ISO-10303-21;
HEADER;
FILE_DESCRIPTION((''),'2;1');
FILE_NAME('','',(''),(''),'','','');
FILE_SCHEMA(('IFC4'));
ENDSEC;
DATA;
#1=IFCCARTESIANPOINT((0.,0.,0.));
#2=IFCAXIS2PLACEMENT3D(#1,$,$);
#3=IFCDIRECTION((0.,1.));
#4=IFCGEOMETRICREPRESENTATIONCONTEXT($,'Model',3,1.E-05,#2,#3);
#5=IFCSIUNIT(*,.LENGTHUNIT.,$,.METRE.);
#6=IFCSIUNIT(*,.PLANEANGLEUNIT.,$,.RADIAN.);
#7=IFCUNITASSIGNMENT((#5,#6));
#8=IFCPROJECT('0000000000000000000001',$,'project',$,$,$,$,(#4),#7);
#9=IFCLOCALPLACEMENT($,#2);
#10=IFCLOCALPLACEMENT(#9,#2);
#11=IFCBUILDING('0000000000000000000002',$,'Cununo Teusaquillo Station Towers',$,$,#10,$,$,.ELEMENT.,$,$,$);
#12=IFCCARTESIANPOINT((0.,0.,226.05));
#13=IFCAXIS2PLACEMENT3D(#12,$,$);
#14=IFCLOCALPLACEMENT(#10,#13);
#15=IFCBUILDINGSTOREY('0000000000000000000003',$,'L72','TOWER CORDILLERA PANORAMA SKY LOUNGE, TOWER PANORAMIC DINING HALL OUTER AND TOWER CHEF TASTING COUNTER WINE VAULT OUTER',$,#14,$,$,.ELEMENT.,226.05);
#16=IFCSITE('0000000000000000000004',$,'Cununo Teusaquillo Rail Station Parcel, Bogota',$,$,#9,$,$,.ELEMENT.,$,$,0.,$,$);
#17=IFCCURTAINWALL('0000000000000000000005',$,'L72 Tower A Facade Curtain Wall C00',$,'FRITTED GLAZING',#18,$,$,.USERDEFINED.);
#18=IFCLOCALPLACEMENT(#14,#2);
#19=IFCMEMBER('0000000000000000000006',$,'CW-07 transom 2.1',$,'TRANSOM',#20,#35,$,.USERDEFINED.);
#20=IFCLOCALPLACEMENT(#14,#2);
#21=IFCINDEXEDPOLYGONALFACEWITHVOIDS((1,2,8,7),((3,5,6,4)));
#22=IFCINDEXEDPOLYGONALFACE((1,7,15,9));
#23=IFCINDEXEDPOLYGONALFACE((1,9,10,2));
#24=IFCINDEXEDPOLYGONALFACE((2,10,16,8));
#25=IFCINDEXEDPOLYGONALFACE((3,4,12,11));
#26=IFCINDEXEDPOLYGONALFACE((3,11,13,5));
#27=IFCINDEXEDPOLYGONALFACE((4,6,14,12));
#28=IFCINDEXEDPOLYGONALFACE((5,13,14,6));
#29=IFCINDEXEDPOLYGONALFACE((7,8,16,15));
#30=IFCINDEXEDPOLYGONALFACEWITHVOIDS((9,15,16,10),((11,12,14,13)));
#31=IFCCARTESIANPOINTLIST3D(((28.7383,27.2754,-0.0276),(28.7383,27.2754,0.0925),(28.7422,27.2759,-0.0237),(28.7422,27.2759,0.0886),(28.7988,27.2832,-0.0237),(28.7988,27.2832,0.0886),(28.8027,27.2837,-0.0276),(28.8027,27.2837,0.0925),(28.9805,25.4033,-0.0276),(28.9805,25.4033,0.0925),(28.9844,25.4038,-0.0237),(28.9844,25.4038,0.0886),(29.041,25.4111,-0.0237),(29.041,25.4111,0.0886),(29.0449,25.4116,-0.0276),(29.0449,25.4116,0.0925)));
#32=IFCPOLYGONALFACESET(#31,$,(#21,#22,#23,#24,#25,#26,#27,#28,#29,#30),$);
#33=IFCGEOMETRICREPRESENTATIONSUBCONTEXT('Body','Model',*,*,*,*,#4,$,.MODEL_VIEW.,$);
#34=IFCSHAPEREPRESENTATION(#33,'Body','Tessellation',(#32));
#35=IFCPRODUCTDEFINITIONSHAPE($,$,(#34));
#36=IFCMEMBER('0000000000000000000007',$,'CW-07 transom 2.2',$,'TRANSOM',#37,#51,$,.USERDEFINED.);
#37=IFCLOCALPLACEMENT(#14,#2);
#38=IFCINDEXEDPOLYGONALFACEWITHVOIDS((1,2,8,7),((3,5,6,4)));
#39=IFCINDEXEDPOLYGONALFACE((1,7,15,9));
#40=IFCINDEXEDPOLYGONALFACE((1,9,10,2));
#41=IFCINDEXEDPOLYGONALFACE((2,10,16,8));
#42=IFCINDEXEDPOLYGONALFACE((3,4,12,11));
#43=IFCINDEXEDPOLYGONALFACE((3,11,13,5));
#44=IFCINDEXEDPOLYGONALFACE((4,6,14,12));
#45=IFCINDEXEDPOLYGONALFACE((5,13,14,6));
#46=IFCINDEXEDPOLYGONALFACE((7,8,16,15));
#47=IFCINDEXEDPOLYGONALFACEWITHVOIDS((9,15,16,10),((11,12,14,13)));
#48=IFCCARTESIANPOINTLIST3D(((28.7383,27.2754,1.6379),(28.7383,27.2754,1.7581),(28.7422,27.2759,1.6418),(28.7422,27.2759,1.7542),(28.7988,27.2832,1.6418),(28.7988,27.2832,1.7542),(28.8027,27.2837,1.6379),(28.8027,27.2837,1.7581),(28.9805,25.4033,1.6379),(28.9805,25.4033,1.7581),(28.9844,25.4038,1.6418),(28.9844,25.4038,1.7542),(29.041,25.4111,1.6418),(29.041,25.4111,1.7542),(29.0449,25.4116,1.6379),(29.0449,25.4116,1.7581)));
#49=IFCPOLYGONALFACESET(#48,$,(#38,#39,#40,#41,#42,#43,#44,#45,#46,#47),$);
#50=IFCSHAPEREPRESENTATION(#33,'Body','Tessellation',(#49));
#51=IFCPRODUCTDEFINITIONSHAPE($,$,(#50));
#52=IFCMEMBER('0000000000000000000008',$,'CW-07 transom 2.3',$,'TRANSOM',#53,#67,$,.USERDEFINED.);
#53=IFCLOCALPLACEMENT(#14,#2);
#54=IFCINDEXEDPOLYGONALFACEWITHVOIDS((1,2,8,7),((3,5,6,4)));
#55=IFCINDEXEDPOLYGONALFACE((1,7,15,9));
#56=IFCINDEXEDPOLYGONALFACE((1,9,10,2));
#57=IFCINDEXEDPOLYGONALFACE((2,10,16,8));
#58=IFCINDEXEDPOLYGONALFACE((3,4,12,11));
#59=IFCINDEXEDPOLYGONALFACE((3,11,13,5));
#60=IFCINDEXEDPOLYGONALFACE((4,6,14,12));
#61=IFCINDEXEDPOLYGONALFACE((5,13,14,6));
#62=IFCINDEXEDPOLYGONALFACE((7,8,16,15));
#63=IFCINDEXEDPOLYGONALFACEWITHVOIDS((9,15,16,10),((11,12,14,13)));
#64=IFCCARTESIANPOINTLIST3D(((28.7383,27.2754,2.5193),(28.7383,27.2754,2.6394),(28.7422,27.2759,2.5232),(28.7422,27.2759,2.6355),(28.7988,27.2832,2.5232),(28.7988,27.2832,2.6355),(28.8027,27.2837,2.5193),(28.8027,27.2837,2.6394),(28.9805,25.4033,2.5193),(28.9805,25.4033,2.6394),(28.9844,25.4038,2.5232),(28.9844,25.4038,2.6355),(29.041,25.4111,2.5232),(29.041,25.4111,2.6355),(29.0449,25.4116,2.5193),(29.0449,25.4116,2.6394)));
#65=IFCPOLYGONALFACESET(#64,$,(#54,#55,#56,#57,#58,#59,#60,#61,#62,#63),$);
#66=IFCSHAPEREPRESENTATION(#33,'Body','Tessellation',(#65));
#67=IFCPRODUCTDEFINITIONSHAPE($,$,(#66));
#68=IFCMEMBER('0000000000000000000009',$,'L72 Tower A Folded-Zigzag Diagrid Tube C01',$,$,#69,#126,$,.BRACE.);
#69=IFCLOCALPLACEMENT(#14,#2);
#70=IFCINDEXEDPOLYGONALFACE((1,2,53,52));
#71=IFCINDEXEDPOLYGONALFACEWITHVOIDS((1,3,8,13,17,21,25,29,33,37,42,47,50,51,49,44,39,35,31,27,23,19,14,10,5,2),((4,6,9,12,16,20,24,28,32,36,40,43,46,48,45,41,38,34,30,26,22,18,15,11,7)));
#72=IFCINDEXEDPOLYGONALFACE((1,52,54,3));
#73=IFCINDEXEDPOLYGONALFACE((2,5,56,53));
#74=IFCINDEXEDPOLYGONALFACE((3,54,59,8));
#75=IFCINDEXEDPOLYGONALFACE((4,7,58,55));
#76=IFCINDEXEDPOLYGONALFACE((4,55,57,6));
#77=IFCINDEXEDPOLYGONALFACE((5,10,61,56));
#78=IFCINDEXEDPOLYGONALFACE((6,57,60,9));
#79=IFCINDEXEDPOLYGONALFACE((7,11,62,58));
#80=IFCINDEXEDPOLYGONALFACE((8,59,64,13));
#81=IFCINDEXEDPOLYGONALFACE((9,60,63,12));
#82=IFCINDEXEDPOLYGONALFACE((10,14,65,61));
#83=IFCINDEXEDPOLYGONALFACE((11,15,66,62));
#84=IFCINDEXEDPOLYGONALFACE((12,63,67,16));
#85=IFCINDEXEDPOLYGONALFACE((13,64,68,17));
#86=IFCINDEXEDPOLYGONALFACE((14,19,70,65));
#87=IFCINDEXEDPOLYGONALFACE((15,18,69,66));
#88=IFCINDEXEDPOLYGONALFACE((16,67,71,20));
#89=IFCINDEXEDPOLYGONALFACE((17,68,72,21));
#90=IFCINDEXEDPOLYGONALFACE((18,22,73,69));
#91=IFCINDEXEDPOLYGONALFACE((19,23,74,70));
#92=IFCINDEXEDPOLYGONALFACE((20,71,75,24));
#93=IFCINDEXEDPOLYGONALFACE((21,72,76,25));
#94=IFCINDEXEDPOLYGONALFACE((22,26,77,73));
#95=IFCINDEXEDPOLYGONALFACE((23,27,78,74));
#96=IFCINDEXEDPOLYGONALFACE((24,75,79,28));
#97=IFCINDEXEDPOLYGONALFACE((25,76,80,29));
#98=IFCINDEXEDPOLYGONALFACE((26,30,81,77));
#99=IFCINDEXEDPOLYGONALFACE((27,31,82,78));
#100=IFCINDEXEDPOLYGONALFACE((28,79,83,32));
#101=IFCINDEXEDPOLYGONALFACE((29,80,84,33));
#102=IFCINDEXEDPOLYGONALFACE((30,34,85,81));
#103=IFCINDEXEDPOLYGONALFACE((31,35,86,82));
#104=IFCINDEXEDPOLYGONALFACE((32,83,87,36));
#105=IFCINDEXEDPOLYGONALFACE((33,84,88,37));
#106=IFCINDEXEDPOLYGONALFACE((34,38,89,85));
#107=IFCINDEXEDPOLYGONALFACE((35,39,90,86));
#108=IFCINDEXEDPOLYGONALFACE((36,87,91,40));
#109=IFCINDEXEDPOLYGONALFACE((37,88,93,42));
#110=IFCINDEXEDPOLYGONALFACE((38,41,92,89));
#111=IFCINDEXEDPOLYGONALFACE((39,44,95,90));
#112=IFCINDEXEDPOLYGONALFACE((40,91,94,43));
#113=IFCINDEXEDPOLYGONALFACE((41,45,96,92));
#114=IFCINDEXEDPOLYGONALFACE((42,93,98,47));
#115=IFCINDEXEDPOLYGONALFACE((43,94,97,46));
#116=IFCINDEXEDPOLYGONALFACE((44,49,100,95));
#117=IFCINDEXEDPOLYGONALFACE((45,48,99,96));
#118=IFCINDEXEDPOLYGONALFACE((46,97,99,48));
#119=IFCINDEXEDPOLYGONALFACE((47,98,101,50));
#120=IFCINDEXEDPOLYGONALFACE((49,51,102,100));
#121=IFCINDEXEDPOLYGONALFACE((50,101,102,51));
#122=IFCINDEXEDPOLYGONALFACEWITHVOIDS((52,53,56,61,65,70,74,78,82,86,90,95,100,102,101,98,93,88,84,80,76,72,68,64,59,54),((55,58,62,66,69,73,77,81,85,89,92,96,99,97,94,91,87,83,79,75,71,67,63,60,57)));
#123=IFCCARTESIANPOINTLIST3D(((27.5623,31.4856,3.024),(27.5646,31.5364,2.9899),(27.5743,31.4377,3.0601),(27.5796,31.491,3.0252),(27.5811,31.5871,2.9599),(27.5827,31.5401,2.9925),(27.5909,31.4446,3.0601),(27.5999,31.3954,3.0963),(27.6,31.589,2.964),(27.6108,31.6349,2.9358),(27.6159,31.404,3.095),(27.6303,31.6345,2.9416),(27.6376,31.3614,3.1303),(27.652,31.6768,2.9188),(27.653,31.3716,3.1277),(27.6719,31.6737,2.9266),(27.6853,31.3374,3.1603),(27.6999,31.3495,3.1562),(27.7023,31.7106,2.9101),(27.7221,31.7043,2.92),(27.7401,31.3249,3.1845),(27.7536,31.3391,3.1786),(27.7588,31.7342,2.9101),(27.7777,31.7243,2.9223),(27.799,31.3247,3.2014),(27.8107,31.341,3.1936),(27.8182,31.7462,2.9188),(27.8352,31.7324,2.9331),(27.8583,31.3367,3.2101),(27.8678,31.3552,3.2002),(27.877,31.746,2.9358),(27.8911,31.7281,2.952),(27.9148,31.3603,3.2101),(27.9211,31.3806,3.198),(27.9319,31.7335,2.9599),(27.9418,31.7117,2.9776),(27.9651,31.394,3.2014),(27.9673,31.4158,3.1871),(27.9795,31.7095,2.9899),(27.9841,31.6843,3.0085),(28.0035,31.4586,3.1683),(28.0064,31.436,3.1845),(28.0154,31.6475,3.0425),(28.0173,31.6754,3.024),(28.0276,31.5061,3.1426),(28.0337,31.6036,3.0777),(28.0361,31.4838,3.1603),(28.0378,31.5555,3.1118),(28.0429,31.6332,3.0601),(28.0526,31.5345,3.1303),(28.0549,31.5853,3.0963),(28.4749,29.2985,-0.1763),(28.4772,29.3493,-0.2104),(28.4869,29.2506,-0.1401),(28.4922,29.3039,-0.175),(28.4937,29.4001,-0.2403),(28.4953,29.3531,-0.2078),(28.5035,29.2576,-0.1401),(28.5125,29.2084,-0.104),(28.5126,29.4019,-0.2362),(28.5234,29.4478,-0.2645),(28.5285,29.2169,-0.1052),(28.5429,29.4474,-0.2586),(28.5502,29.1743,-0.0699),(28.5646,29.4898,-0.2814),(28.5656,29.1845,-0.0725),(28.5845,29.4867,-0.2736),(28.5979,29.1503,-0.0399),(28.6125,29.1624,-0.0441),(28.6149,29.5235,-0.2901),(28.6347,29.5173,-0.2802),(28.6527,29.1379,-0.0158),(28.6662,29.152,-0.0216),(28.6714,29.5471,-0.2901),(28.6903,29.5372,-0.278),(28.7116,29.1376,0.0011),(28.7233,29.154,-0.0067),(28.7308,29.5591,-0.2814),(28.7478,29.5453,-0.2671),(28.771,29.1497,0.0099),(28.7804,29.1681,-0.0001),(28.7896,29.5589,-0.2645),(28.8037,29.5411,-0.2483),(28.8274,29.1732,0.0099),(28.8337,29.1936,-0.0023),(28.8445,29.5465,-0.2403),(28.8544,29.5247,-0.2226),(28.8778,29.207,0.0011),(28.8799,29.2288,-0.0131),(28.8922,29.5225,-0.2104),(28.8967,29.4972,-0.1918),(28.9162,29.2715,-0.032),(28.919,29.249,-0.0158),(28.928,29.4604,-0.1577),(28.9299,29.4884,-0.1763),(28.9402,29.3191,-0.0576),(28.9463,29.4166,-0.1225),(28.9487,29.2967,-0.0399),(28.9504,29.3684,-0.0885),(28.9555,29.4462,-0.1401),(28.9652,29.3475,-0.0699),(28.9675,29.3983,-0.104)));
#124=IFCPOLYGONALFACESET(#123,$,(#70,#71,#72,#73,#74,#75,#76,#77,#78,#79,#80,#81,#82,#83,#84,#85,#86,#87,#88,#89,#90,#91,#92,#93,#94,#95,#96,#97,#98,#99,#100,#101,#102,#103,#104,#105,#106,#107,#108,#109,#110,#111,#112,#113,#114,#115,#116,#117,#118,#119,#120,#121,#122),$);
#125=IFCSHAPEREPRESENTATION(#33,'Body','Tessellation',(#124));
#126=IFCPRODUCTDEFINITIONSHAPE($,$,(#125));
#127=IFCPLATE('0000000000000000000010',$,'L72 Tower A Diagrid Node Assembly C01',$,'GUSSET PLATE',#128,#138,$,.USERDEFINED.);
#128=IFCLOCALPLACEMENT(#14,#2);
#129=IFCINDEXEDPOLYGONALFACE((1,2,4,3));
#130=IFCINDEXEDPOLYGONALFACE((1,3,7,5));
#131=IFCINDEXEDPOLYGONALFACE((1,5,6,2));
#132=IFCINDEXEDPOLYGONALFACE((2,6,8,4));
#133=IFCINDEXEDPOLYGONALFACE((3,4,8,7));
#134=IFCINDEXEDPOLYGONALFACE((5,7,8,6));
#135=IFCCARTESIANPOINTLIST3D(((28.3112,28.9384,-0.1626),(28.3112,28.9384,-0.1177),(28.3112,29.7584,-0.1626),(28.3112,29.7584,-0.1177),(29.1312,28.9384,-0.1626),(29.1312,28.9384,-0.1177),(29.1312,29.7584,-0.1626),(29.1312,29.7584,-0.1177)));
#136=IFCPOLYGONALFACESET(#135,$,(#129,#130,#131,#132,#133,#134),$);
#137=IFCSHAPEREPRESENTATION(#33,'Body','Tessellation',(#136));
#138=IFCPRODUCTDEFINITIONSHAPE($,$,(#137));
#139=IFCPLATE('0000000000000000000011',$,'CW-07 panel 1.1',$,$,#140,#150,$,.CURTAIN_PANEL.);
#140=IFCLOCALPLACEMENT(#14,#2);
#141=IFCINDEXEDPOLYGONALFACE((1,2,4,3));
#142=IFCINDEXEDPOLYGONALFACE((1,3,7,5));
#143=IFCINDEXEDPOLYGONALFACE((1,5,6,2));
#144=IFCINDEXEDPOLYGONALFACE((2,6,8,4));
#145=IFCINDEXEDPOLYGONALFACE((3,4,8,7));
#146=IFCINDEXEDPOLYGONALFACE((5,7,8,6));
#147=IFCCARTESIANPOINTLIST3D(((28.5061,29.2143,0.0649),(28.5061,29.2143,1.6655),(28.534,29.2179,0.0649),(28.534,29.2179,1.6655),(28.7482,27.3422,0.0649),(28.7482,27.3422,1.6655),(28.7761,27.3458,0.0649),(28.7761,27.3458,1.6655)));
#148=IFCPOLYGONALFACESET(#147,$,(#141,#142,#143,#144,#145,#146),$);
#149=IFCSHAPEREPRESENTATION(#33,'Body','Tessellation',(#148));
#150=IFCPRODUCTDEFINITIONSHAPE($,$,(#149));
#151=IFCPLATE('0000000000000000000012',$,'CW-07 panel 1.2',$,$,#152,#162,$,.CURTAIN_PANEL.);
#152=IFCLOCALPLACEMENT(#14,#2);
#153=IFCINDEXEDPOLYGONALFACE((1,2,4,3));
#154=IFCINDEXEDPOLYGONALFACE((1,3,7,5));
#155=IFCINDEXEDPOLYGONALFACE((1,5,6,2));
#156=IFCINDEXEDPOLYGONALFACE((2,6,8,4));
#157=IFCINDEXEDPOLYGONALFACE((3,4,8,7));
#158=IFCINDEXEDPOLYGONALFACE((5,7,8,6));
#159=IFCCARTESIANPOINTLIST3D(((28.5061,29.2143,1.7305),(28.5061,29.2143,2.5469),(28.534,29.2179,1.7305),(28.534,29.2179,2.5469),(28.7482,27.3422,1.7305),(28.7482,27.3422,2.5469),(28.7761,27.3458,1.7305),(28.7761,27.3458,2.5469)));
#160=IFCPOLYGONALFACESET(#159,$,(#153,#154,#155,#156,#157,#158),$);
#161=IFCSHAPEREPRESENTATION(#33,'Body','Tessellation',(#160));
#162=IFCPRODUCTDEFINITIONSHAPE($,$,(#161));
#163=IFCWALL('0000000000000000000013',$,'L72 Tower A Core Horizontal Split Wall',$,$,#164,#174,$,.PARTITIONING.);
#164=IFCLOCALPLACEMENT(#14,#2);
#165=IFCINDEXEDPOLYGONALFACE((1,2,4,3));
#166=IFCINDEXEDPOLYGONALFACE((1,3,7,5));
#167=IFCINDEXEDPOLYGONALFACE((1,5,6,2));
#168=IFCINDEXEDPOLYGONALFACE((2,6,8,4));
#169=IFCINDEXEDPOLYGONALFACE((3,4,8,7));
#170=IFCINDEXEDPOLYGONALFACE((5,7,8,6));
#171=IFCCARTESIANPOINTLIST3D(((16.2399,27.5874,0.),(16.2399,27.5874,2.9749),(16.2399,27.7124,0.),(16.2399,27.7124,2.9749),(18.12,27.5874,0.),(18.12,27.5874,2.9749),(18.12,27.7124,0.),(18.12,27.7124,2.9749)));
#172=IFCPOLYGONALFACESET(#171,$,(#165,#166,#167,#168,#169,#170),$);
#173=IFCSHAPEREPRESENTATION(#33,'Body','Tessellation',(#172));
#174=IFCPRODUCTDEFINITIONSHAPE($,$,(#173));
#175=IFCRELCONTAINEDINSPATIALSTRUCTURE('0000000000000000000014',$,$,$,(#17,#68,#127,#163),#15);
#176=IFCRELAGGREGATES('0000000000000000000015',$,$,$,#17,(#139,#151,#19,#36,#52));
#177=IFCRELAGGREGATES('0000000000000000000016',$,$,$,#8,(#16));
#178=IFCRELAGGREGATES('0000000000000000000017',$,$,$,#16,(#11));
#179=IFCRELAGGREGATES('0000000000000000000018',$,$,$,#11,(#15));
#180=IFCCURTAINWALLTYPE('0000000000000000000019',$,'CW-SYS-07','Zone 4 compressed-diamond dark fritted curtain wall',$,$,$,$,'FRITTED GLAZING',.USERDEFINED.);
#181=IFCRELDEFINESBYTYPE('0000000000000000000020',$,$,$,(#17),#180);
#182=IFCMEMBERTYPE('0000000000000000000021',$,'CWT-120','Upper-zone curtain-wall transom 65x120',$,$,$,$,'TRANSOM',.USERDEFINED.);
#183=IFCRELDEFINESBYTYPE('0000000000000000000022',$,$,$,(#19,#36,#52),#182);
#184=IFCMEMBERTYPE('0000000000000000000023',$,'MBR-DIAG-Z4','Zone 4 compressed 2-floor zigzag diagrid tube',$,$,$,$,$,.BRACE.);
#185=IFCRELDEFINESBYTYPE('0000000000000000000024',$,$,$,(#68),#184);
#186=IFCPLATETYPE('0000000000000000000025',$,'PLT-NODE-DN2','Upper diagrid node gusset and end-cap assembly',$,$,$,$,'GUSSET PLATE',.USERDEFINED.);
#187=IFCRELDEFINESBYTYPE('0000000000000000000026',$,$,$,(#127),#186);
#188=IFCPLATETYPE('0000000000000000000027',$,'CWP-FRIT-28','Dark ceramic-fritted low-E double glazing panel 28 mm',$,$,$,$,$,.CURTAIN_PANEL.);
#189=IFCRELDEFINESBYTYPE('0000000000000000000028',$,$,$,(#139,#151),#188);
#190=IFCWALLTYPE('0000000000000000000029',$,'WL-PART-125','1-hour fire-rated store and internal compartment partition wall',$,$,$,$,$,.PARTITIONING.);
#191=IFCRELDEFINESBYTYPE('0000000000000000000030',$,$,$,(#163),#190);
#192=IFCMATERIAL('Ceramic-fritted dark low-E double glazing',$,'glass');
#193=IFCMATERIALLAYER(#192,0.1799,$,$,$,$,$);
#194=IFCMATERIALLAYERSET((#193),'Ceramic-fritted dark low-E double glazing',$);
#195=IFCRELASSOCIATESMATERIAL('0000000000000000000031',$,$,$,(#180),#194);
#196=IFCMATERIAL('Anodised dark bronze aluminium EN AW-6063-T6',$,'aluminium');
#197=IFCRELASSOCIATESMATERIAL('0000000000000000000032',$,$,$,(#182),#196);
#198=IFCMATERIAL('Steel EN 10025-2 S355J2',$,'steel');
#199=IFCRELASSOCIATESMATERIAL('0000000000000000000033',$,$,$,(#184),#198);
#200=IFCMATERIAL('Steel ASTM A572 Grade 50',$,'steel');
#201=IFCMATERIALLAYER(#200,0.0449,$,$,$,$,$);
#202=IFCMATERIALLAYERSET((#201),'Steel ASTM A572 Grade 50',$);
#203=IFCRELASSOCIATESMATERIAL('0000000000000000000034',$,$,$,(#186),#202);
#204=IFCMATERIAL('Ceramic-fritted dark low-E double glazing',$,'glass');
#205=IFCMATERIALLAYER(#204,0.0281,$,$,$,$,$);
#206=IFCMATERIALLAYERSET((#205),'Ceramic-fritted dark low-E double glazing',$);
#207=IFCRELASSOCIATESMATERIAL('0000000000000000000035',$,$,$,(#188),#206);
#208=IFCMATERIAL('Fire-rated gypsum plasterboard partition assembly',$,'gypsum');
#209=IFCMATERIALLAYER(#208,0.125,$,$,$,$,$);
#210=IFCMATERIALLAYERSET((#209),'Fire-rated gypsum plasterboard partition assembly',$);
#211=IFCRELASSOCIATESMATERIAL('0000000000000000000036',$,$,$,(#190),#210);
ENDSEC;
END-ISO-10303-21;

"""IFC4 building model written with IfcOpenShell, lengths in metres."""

from ifc_helpers import new_model, si_unit, direction, frame, frame_2d, origin, origin_2d, place, context, subcontext, project, spatial, rectangle, hollow_rectangle, hollow_circle, extrude, source, transform, mapped, material, layer, layer_set, material_profile, profile_set, type_object, element, aggregate, save


model = new_model("IFC4")

# Units and contexts
model_context = context("Model", 3, precision=1e-05, world=origin(), true_north=direction((0.0, 1.0)))
body_context = subcontext(model_context, "Body", "Model", "MODEL_VIEW")
ifc_project = project(units=[si_unit("LENGTHUNIT", "METRE"), si_unit("PLANEANGLEUNIT", "RADIAN")], contexts=[model_context])

# Site, building, storey
site_placement = place(None, origin())
site = spatial("IfcSite", under=ifc_project, at=site_placement, Name="Cununo Teusaquillo Rail Station Parcel, Bogota", CompositionType="ELEMENT", RefElevation=0.0)
building_placement = place(site_placement, origin())
building = spatial("IfcBuilding", under=site, at=building_placement, Name="Cununo Teusaquillo Station Towers", CompositionType="ELEMENT")
storey_placement = place(building_placement, frame((0.0, 0.0, 226.05)))
storey = spatial("IfcBuildingStorey", under=building, at=storey_placement, Name="L72", Description="TOWER CORDILLERA PANORAMA SKY LOUNGE, TOWER PANORAMIC DINING HALL OUTER AND TOWER CHEF TASTING COUNTER WINE VAULT OUTER", CompositionType="ELEMENT", Elevation=226.05)

# Curtain wall, members
ifc_material_1 = material(Name="Ceramic-fritted dark low-E double glazing", Category="glass")
ifc_layer_1 = layer(ifc_material_1, 0.1799)
ifc_layer_set_1 = layer_set([ifc_layer_1], Name="Ceramic-fritted dark low-E double glazing")
curtain_wall_type = type_object("IfcCurtainWallType", Name="CW-SYS-07", Description="Zone 4 compressed-diamond dark fritted curtain wall", ElementType="FRITTED GLAZING", PredefinedType="USERDEFINED", material=ifc_layer_set_1)
curtain_wall_placement = place(storey_placement, origin())
curtain_wall = element("IfcCurtainWall", 1, at=curtain_wall_placement, inside=storey, type_object=curtain_wall_type, Name="L72 Tower A Facade Curtain Wall C00", ObjectType="FRITTED GLAZING", PredefinedType="USERDEFINED")
ifc_material_2 = material(Name="Anodised dark bronze aluminium EN AW-6063-T6", Category="aluminium")
ifc_material_profile_1 = material_profile(ifc_material_2, hollow_rectangle(XDim=0.0649, YDim=0.1201, WallThickness=0.0039, at=origin_2d()), Name="CW-TRAN-65x120")
ifc_profile_set_1 = profile_set([ifc_material_profile_1], Name="Anodised dark bronze aluminium EN AW-6063-T6")
member_type_1 = type_object("IfcMemberType", Name="CWT-120", Description="Upper-zone curtain-wall transom 65x120", ElementType="TRANSOM", PredefinedType="USERDEFINED", material=ifc_profile_set_1)
member_1_placement = place(storey_placement, frame((28.7705, 27.2795, 0.0325), z_axis=(0.1283, -0.991735, 0.0), x_axis=(0.991735, 0.1283, 0.0)))
member_1 = element("IfcMember", 2, at=member_1_placement, type_object=member_type_1, Name="CW-07 transom 2.1", ObjectType="TRANSOM", PredefinedType="USERDEFINED", context=body_context, shape_type="SweptSolid", body=[
    extrude(hollow_rectangle(XDim=0.0649, YDim=0.1201, WallThickness=0.0039, at=origin_2d()), origin(), (0.0, 0.0, 1.0), 1.8877),
])
member_2_placement = place(storey_placement, frame((28.7705, 27.2795, 1.698), z_axis=(0.1283, -0.991735, 0.0), x_axis=(0.991735, 0.1283, 0.0)))
member_2 = element("IfcMember", 3, at=member_2_placement, type_object=member_type_1, Name="CW-07 transom 2.2", ObjectType="TRANSOM", PredefinedType="USERDEFINED", context=body_context, shape_type="SweptSolid", body=[
    extrude(hollow_rectangle(XDim=0.0649, YDim=0.1201, WallThickness=0.0039, at=origin_2d()), origin(), (0.0, 0.0, 1.0), 1.8877),
])
member_3_placement = place(storey_placement, frame((28.7705, 27.2795, 2.5793), z_axis=(0.1283, -0.991735, 0.0), x_axis=(0.991735, 0.1283, 0.0)))
member_3 = element("IfcMember", 4, at=member_3_placement, type_object=member_type_1, Name="CW-07 transom 2.3", ObjectType="TRANSOM", PredefinedType="USERDEFINED", context=body_context, shape_type="SweptSolid", body=[
    extrude(hollow_rectangle(XDim=0.0649, YDim=0.1201, WallThickness=0.0039, at=origin_2d()), origin(), (0.0, 0.0, 1.0), 1.8877),
])

# Member
ifc_material_3 = material(Name="Steel EN 10025-2 S355J2", Category="steel")
ifc_material_profile_2 = material_profile(ifc_material_3, hollow_circle(Radius=0.2539, WallThickness=0.0181, at=origin_2d()), Name="CHS 508x18")
ifc_profile_set_2 = profile_set([ifc_material_profile_2], Name="Steel EN 10025-2 S355J2")
member_type_2 = type_object("IfcMemberType", Name="MBR-DIAG-Z4", Description="Zone 4 compressed 2-floor zigzag diagrid tube", PredefinedType="BRACE", material=ifc_profile_set_2)
member_4_placement = place(storey_placement, frame((28.7212, 29.3484, -0.1401), z_axis=(-0.229175, 0.549211, 0.803646), x_axis=(-0.922876, -0.385098, 0.0)))
element("IfcMember", 5, at=member_4_placement, inside=storey, type_object=member_type_2, Name="L72 Tower A Folded-Zigzag Diagrid Tube C01", PredefinedType="BRACE", context=body_context, shape_type="SweptSolid", body=[
    extrude(hollow_circle(Radius=0.2539, WallThickness=0.0181, at=origin_2d()), origin(), (0.0, 0.0, 1.0), 3.9822),
])

# Plates
ifc_material_4 = material(Name="Steel ASTM A572 Grade 50", Category="steel")
ifc_layer_2 = layer(ifc_material_4, 0.0449)
ifc_layer_set_2 = layer_set([ifc_layer_2], Name="Steel ASTM A572 Grade 50")
plate_type_1 = type_object("IfcPlateType", Name="PLT-NODE-DN2", Description="Upper diagrid node gusset and end-cap assembly", ElementType="GUSSET PLATE", PredefinedType="USERDEFINED", material=ifc_layer_set_2)
shared_shape_1 = source(origin(), body_context, "Body", "SweptSolid", [
    extrude(rectangle(XDim=0.8201, YDim=0.8201, at=origin_2d()), origin(), (0.0, 0.0, 1.0), 0.0449),
])
plate_1_placement = place(storey_placement, frame((28.7212, 29.3484, -0.1626), z_axis=(0.0, 0.0, 1.0), x_axis=(1.0, 0.0, 0.0)))
element("IfcPlate", 6, at=plate_1_placement, inside=storey, type_object=plate_type_1, Name="L72 Tower A Diagrid Node Assembly C01", ObjectType="GUSSET PLATE", PredefinedType="USERDEFINED", context=body_context, shape_type="MappedRepresentation", body=[
    mapped(shared_shape_1, transform((0.0, 0.0, 0.0), x_axis=(1.0, 0.0, 0.0), y_axis=(0.0, 1.0, 0.0), z_axis=(0.0, 0.0, 1.0), scale=1.0)),
])
ifc_material_5 = material(Name="Ceramic-fritted dark low-E double glazing", Category="glass")
ifc_layer_3 = layer(ifc_material_5, 0.0281)
ifc_layer_set_3 = layer_set([ifc_layer_3], Name="Ceramic-fritted dark low-E double glazing")
plate_type_2 = type_object("IfcPlateType", Name="CWP-FRIT-28", Description="Dark ceramic-fritted low-E double glazing panel 28 mm", PredefinedType="CURTAIN_PANEL", material=ifc_layer_set_3)
shared_shape_2 = source(origin(), body_context, "Body", "SweptSolid", [
    extrude(rectangle(XDim=1.8877, YDim=0.0281, at=origin_2d()), origin(), (0.0, 0.0, 1.0), 1.6006),
])
plate_2_placement = place(storey_placement, frame((28.6411, 28.28, 0.0649), z_axis=(0.0, 0.0, 1.0), x_axis=(0.128253, -0.991742, 0.0)))
plate_2 = element("IfcPlate", 7, at=plate_2_placement, type_object=plate_type_2, Name="CW-07 panel 1.1", PredefinedType="CURTAIN_PANEL", context=body_context, shape_type="MappedRepresentation", body=[
    mapped(shared_shape_2, transform((0.0, 0.0, 0.0), x_axis=(1.0, 0.0, 0.0), y_axis=(0.0, 1.0, 0.0), z_axis=(0.0, 0.0, 1.0), scale=1.0)),
])
shared_shape_3 = source(origin(), body_context, "Body", "SweptSolid", [
    extrude(rectangle(XDim=1.8877, YDim=0.0281, at=origin_2d()), origin(), (0.0, 0.0, 1.0), 0.8164),
])
plate_3_placement = place(storey_placement, frame((28.6411, 28.28, 1.7305), z_axis=(0.0, 0.0, 1.0), x_axis=(0.128253, -0.991742, 0.0)))
plate_3 = element("IfcPlate", 8, at=plate_3_placement, type_object=plate_type_2, Name="CW-07 panel 1.2", PredefinedType="CURTAIN_PANEL", context=body_context, shape_type="MappedRepresentation", body=[
    mapped(shared_shape_3, transform((0.0, 0.0, 0.0), x_axis=(1.0, 0.0, 0.0), y_axis=(0.0, 1.0, 0.0), z_axis=(0.0, 0.0, 1.0), scale=1.0)),
])
aggregate(curtain_wall, [plate_2, plate_3, member_1, member_2, member_3])

# Wall
ifc_material_6 = material(Name="Fire-rated gypsum plasterboard partition assembly", Category="gypsum")
ifc_layer_4 = layer(ifc_material_6, 0.125)
ifc_layer_set_4 = layer_set([ifc_layer_4], Name="Fire-rated gypsum plasterboard partition assembly")
wall_type_1 = type_object("IfcWallType", Name="WL-PART-125", Description="1-hour fire-rated store and internal compartment partition wall", PredefinedType="PARTITIONING", material=ifc_layer_set_4)
wall_1_placement = place(storey_placement, frame((16.24, 27.6499, 0.0), z_axis=(0.0, 0.0, 1.0), x_axis=(1.0, 0.0, 0.0)))
element("IfcWall", 9, at=wall_1_placement, inside=storey, type_object=wall_type_1, Name="L72 Tower A Core Horizontal Split Wall", PredefinedType="PARTITIONING", context=body_context, shape_type="SweptSolid", body=[
    extrude(rectangle(XDim=1.8801, YDim=0.125, at=frame_2d((0.9399, 0.0))), origin(), (0.0, 0.0, 1.0), 2.9749),
])

save(model, "model.ifc")
